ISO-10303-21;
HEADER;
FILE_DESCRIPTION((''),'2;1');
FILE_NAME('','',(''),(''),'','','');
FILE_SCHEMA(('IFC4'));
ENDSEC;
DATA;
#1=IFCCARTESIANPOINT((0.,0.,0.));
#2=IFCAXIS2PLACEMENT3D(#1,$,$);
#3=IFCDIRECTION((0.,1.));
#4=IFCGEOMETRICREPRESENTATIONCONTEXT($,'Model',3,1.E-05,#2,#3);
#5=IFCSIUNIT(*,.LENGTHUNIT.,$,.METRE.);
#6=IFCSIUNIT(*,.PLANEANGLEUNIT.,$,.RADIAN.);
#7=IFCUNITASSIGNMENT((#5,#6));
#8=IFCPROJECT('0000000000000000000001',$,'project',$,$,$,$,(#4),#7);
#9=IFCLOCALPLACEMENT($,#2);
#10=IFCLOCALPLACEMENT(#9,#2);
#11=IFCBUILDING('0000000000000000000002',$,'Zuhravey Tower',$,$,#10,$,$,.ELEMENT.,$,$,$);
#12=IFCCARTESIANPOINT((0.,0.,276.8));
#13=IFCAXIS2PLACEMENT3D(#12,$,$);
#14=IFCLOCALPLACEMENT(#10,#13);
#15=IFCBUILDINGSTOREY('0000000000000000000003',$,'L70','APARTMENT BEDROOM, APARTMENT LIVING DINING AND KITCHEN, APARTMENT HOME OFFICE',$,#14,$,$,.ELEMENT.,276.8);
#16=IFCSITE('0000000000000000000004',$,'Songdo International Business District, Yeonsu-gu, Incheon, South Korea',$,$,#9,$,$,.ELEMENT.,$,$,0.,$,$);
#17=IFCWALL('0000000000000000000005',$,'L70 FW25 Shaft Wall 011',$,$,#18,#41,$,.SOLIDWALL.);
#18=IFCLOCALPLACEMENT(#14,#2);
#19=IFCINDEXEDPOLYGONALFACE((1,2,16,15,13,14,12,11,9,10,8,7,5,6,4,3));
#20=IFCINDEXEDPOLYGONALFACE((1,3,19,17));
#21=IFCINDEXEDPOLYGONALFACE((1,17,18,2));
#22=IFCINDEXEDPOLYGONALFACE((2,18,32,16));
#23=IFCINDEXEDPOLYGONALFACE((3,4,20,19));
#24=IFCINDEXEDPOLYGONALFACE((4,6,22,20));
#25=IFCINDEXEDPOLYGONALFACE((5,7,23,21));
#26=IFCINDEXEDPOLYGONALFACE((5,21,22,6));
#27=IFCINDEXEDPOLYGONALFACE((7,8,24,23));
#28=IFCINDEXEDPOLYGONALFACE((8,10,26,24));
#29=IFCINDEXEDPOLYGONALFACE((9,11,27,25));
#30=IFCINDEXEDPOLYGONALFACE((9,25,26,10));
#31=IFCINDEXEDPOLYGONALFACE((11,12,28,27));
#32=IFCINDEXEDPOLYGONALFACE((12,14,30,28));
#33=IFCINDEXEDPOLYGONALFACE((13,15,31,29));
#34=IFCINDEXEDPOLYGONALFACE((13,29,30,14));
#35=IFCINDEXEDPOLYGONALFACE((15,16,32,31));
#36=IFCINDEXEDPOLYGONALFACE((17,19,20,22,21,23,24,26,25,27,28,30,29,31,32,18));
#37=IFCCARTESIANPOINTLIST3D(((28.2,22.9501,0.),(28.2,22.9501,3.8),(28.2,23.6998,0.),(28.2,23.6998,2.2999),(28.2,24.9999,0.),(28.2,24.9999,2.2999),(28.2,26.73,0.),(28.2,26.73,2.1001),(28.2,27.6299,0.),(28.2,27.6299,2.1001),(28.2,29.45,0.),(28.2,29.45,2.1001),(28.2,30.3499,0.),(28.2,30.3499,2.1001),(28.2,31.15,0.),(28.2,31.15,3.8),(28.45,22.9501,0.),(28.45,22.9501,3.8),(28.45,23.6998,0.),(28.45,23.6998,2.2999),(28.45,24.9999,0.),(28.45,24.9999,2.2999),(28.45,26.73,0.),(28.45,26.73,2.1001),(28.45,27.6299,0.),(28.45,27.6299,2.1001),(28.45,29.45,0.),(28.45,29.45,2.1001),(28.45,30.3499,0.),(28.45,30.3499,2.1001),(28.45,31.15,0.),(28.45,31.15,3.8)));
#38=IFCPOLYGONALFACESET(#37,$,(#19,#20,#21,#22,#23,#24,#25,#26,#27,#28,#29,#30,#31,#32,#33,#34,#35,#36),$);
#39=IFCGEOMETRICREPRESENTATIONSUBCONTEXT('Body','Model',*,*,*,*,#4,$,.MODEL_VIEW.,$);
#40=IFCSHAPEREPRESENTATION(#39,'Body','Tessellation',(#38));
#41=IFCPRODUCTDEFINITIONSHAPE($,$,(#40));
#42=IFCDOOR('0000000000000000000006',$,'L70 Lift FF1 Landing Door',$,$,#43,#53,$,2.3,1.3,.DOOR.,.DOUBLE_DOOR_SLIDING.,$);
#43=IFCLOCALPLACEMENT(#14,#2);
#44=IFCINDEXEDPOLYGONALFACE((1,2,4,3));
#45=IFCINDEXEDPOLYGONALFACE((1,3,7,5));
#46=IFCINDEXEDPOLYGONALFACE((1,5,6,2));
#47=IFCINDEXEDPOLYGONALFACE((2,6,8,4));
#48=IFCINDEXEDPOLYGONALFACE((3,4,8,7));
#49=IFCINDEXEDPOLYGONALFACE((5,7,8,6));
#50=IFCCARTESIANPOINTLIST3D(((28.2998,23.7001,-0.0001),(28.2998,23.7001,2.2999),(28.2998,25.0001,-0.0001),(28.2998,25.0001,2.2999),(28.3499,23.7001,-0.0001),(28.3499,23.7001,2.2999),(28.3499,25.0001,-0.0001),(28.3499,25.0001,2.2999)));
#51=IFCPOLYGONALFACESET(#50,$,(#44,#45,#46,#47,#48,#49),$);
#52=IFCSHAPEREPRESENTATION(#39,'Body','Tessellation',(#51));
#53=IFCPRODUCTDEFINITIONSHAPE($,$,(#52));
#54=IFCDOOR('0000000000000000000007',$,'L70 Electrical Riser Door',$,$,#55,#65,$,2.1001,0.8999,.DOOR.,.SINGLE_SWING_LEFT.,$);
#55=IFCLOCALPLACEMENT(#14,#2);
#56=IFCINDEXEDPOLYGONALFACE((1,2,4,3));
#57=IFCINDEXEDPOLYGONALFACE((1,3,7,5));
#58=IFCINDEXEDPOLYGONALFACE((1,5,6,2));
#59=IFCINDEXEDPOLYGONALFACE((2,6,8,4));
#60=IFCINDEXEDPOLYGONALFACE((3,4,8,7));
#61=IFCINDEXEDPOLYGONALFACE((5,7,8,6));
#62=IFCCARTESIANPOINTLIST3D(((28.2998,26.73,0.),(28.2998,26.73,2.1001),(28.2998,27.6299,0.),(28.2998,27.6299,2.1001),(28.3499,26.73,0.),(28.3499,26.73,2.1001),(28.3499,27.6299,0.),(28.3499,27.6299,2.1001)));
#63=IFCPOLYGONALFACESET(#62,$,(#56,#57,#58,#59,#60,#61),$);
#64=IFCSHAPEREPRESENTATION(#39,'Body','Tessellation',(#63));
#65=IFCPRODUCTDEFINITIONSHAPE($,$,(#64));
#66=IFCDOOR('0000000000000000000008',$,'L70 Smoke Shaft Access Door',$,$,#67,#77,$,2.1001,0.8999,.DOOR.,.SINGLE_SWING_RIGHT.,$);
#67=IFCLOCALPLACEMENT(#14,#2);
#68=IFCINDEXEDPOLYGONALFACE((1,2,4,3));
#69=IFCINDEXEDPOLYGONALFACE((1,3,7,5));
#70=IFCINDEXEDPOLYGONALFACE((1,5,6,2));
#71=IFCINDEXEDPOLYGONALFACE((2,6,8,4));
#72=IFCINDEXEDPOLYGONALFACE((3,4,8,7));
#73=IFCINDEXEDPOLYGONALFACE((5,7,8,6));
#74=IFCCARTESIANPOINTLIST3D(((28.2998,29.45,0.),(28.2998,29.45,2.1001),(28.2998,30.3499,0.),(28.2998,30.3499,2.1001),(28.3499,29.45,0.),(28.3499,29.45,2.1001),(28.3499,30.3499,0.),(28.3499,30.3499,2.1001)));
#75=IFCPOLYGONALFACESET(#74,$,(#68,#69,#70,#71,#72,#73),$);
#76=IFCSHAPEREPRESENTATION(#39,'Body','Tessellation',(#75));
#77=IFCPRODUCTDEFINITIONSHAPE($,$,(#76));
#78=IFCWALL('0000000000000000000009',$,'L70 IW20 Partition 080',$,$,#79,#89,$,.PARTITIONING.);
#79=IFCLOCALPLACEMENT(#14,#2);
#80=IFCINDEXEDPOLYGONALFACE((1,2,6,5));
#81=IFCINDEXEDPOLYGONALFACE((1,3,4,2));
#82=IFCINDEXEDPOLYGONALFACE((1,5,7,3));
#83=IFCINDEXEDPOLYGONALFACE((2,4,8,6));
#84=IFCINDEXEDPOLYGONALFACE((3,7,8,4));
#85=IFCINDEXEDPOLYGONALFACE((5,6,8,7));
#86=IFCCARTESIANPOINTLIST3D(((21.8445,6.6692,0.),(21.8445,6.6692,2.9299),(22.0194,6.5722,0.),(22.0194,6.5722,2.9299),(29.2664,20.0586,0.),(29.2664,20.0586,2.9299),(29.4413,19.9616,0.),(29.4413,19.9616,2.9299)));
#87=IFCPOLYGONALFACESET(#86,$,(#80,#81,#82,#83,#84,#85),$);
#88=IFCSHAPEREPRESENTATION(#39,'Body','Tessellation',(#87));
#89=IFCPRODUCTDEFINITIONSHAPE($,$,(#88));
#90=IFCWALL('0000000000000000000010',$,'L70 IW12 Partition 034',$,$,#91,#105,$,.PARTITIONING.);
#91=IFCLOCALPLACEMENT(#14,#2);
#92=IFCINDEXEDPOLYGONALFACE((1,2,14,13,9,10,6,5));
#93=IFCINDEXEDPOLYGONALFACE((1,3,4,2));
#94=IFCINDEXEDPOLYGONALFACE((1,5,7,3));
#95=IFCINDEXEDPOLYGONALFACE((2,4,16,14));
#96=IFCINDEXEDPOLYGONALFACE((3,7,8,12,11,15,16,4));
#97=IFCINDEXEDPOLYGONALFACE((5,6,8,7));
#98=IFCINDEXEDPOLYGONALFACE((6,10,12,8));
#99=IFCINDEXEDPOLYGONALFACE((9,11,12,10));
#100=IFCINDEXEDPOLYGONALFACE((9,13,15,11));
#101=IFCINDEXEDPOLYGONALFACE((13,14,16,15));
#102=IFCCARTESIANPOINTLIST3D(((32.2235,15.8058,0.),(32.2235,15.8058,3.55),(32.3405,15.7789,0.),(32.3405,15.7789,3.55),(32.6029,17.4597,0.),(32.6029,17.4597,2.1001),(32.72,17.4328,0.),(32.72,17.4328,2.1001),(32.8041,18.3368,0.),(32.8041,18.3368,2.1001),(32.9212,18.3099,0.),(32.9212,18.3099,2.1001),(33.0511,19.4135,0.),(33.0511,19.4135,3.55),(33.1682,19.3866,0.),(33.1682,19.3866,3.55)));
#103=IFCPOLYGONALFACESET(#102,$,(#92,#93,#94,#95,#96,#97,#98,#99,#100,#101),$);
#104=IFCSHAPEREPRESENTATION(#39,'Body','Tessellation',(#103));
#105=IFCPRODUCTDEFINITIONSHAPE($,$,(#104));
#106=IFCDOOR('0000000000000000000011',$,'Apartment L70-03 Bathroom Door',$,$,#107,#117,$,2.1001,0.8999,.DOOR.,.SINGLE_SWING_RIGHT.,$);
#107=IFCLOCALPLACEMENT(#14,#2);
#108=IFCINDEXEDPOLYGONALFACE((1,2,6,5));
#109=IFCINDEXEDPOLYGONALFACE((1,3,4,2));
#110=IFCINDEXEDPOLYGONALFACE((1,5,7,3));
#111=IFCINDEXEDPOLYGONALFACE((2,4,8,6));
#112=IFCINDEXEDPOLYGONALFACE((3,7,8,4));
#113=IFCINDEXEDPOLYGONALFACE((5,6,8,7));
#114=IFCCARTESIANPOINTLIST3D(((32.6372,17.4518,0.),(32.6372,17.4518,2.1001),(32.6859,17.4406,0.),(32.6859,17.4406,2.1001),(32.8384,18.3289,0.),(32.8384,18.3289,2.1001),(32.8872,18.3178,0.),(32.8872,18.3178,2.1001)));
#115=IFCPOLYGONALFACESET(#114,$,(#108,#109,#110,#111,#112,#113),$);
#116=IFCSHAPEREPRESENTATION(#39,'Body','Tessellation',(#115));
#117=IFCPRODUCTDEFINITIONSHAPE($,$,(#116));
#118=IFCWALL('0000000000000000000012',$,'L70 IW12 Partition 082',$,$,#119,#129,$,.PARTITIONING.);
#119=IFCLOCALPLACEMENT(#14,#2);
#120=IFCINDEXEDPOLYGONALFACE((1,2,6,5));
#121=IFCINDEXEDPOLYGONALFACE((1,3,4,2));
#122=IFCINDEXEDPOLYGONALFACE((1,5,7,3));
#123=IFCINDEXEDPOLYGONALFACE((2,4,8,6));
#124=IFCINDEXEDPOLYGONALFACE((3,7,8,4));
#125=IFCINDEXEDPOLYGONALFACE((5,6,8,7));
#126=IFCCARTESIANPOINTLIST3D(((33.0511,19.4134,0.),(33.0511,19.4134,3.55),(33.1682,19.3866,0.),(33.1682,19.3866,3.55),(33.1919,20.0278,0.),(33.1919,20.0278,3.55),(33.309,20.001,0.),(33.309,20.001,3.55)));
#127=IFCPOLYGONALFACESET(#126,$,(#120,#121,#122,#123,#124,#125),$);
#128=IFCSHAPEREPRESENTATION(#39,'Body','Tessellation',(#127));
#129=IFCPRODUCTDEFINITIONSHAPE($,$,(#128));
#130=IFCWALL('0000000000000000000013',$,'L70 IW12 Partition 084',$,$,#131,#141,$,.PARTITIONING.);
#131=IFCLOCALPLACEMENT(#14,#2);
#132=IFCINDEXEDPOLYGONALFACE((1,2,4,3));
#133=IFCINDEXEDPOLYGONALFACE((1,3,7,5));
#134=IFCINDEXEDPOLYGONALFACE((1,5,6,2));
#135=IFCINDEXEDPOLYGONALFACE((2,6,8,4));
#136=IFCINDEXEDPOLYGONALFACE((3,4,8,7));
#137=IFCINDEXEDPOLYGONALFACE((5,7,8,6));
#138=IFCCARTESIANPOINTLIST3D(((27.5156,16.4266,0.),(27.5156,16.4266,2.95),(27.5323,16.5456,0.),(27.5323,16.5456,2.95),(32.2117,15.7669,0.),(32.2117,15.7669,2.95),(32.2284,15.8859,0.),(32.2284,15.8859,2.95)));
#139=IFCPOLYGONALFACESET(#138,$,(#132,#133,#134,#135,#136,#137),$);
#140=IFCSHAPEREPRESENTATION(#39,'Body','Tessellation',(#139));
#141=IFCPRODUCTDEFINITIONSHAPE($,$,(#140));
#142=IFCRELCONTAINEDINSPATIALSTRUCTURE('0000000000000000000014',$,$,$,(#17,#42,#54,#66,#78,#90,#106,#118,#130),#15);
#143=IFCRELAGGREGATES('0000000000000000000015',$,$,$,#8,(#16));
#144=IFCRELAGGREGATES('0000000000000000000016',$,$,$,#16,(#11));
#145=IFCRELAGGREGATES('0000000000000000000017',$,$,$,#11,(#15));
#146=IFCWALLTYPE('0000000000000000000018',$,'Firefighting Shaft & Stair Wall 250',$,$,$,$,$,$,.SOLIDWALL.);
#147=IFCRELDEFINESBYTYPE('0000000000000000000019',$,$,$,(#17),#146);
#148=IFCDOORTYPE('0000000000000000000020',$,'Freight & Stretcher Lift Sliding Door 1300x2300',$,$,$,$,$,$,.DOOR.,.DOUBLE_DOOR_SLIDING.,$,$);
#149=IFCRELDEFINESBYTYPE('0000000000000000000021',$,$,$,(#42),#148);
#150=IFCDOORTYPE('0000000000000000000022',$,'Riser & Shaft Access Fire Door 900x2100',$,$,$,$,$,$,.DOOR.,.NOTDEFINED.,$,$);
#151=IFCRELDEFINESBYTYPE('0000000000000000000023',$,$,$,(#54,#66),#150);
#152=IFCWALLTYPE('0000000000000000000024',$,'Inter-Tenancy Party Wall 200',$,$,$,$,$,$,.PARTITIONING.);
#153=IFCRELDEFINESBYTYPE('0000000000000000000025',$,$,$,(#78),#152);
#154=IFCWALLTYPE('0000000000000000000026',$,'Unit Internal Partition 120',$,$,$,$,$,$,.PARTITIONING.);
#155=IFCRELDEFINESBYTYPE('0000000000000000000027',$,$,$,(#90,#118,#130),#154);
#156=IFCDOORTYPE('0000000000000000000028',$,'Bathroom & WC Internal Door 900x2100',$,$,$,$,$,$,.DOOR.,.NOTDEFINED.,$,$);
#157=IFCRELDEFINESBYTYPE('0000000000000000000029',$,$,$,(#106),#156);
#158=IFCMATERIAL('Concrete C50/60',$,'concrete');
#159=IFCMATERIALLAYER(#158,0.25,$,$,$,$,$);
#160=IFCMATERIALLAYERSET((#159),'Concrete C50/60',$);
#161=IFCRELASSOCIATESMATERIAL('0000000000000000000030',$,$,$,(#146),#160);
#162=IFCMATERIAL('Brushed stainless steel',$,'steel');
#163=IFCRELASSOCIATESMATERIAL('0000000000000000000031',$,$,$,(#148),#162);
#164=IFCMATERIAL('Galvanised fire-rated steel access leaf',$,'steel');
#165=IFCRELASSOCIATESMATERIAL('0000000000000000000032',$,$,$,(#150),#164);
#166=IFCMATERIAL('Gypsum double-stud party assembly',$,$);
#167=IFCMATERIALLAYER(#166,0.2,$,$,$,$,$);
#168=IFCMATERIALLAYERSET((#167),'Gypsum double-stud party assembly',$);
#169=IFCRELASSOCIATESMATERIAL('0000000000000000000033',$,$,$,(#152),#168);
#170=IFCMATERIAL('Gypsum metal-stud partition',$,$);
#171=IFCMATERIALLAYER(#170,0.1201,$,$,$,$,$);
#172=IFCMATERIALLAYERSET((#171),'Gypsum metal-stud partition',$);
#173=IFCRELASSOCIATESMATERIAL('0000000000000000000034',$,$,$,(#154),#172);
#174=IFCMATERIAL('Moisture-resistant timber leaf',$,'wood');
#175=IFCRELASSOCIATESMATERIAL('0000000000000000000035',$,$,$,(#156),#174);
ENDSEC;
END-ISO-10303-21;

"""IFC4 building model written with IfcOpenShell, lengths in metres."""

from ifc_helpers import new_model, si_unit, direction, frame, frame_2d, origin, place, context, subcontext, project, spatial, rectangle, extrude, material, layer, layer_set, type_object, element, fill, save


model = new_model("IFC4")

# Units and contexts
model_context = context("Model", 3, precision=1e-05, world=origin(), true_north=direction((0.0, 1.0)))
body_context = subcontext(model_context, "Body", "Model", "MODEL_VIEW")
ifc_project = project(units=[si_unit("LENGTHUNIT", "METRE"), si_unit("PLANEANGLEUNIT", "RADIAN")], contexts=[model_context])

# Site, building, storey
site_placement = place(None, origin())
site = spatial("IfcSite", under=ifc_project, at=site_placement, Name="Songdo International Business District, Yeonsu-gu, Incheon, South Korea", CompositionType="ELEMENT", RefElevation=0.0)
building_placement = place(site_placement, origin())
building = spatial("IfcBuilding", under=site, at=building_placement, Name="Zuhravey Tower", CompositionType="ELEMENT")
storey_placement = place(building_placement, frame((0.0, 0.0, 276.8)))
storey = spatial("IfcBuildingStorey", under=building, at=storey_placement, Name="L70", Description="APARTMENT BEDROOM, APARTMENT LIVING DINING AND KITCHEN, APARTMENT HOME OFFICE", CompositionType="ELEMENT", Elevation=276.8)

# Shared definitions
ifc_material_1 = material(Name="Concrete C50/60", Category="concrete")

# Wall, openings, doors
ifc_layer_1 = layer(ifc_material_1, 0.25)
ifc_layer_set_1 = layer_set([ifc_layer_1], Name="Concrete C50/60")
wall_type_1 = type_object("IfcWallType", Name="Firefighting Shaft & Stair Wall 250", PredefinedType="SOLIDWALL", material=ifc_layer_set_1)
wall_1_placement = place(storey_placement, frame((28.325, 22.95, 0.0), z_axis=(0.0, 0.0, 1.0), x_axis=(0.0, 1.0, 0.0)))
wall_1 = element("IfcWall", 1, at=wall_1_placement, inside=storey, type_object=wall_type_1, Name="L70 FW25 Shaft Wall 011", PredefinedType="SOLIDWALL", context=body_context, shape_type="SweptSolid", body=[
    extrude(rectangle(XDim=8.2, YDim=0.25, at=frame_2d((4.1001, 0.0))), origin(), (0.0, 0.0, 1.0), 3.8),
])
opening_1_placement = place(wall_1_placement, frame((0.75, 0.0, 0.0)))
opening_1 = element("IfcOpeningElement", 2, at=opening_1_placement, cuts=wall_1, PredefinedType="OPENING", context=body_context, shape_type="SweptSolid", body=[
    extrude(rectangle(XDim=1.3, YDim=2.3, at=frame_2d((0.6499, 1.1499))), frame((0.0, 0.137, 0.0), z_axis=(0.0, -1.0, 0.0), x_axis=(1.0, 0.0, 0.0)), (0.0, 0.0, 1.0), 0.2739),
])
opening_2_placement = place(wall_1_placement, frame((3.78, 0.0, 0.0)))
opening_2 = element("IfcOpeningElement", 3, at=opening_2_placement, cuts=wall_1, PredefinedType="OPENING", context=body_context, shape_type="SweptSolid", body=[
    extrude(rectangle(XDim=0.8999, YDim=2.1001, at=frame_2d((0.45, 1.05))), frame((0.0, 0.137, 0.0), z_axis=(0.0, -1.0, 0.0), x_axis=(1.0, 0.0, 0.0)), (0.0, 0.0, 1.0), 0.2739),
])
opening_3_placement = place(wall_1_placement, frame((6.5, 0.0, 0.0)))
opening_3 = element("IfcOpeningElement", 4, at=opening_3_placement, cuts=wall_1, PredefinedType="OPENING", context=body_context, shape_type="SweptSolid", body=[
    extrude(rectangle(XDim=0.8999, YDim=2.1001, at=frame_2d((0.45, 1.05))), frame((0.0, 0.137, 0.0), z_axis=(0.0, -1.0, 0.0), x_axis=(1.0, 0.0, 0.0)), (0.0, 0.0, 1.0), 0.2739),
])
ifc_material_2 = material(Name="Brushed stainless steel", Category="steel")
door_type_1 = type_object("IfcDoorType", Name="Freight & Stretcher Lift Sliding Door 1300x2300", OperationType="DOUBLE_DOOR_SLIDING", PredefinedType="DOOR", material=ifc_material_2)
door_1_placement = place(opening_1_placement, frame((1.3, 0.0, 0.0), z_axis=(0.0, 0.0, 1.0), x_axis=(-1.0, 0.0, 0.0)))
door_1 = element("IfcDoor", 5, at=door_1_placement, inside=storey, type_object=door_type_1, Name="L70 Lift FF1 Landing Door", OperationType="DOUBLE_DOOR_SLIDING", OverallHeight=2.3, OverallWidth=1.3, PredefinedType="DOOR", context=body_context, shape_type="SweptSolid", body=[
    extrude(rectangle(XDim=1.3, YDim=2.3, at=frame_2d((0.6499, 1.1499))), frame((0.0, 0.0249, 0.0), z_axis=(0.0, -1.0, 0.0), x_axis=(1.0, 0.0, 0.0)), (0.0, 0.0, 1.0), 0.05),
])
fill(opening_1, door_1)
ifc_material_3 = material(Name="Galvanised fire-rated steel access leaf", Category="steel")
door_type_2 = type_object("IfcDoorType", Name="Riser & Shaft Access Fire Door 900x2100", OperationType="NOTDEFINED", PredefinedType="DOOR", material=ifc_material_3)
door_2_placement = place(opening_2_placement, frame((0.8999, 0.0, 0.0), z_axis=(0.0, 0.0, 1.0), x_axis=(-1.0, 0.0, 0.0)))
door_2 = element("IfcDoor", 6, at=door_2_placement, inside=storey, type_object=door_type_2, Name="L70 Electrical Riser Door", OperationType="SINGLE_SWING_LEFT", OverallHeight=2.1001, OverallWidth=0.8999, PredefinedType="DOOR", context=body_context, shape_type="SweptSolid", body=[
    extrude(rectangle(XDim=0.8999, YDim=2.1001, at=frame_2d((0.45, 1.05))), frame((0.0, 0.0249, 0.0), z_axis=(0.0, -1.0, 0.0), x_axis=(1.0, 0.0, 0.0)), (0.0, 0.0, 1.0), 0.05),
])
fill(opening_2, door_2)
door_3_placement = place(opening_3_placement, frame((0.8999, 0.0, 0.0), z_axis=(0.0, 0.0, 1.0), x_axis=(-1.0, 0.0, 0.0)))
door_3 = element("IfcDoor", 7, at=door_3_placement, inside=storey, type_object=door_type_2, Name="L70 Smoke Shaft Access Door", OperationType="SINGLE_SWING_RIGHT", OverallHeight=2.1001, OverallWidth=0.8999, PredefinedType="DOOR", context=body_context, shape_type="SweptSolid", body=[
    extrude(rectangle(XDim=0.8999, YDim=2.1001, at=frame_2d((0.45, 1.05))), frame((0.0, 0.0249, 0.0), z_axis=(0.0, -1.0, 0.0), x_axis=(1.0, 0.0, 0.0)), (0.0, 0.0, 1.0), 0.05),
])
fill(opening_3, door_3)

# Wall
ifc_material_4 = material(Name="Gypsum double-stud party assembly")
ifc_layer_2 = layer(ifc_material_4, 0.2)
ifc_layer_set_2 = layer_set([ifc_layer_2], Name="Gypsum double-stud party assembly")
wall_type_2 = type_object("IfcWallType", Name="Inter-Tenancy Party Wall 200", PredefinedType="PARTITIONING", material=ifc_layer_set_2)
wall_2_placement = place(storey_placement, frame((29.3538, 20.01, 0.0), z_axis=(0.0, 0.0, 1.0), x_axis=(-0.48481, -0.87462, 0.0)))
element("IfcWall", 8, at=wall_2_placement, inside=storey, type_object=wall_type_2, Name="L70 IW20 Partition 080", PredefinedType="PARTITIONING", context=body_context, shape_type="SweptSolid", body=[
    extrude(rectangle(XDim=15.3088, YDim=0.2, at=frame_2d((7.6543, 0.0))), origin(), (0.0, 0.0, 1.0), 2.9299),
])

# Wall, opening, door
ifc_material_5 = material(Name="Gypsum metal-stud partition")
ifc_layer_3 = layer(ifc_material_5, 0.1201)
ifc_layer_set_3 = layer_set([ifc_layer_3], Name="Gypsum metal-stud partition")
wall_type_3 = type_object("IfcWallType", Name="Unit Internal Partition 120", PredefinedType="PARTITIONING", material=ifc_layer_set_3)
wall_3_placement = place(storey_placement, frame((33.1096, 19.3999, 0.0), z_axis=(0.0, 0.0, 1.0), x_axis=(-0.223602, -0.974681, 0.0)))
wall_3 = element("IfcWall", 9, at=wall_3_placement, inside=storey, type_object=wall_type_3, Name="L70 IW12 Partition 034", PredefinedType="PARTITIONING", context=body_context, shape_type="SweptSolid", body=[
    extrude(rectangle(XDim=3.7014, YDim=0.1201, at=frame_2d((1.8506, 0.0))), origin(), (0.0, 0.0, 1.0), 3.55),
])
opening_4_placement = place(wall_3_placement, frame((1.1045, 0.0, 0.0)))
opening_4 = element("IfcOpeningElement", 10, at=opening_4_placement, cuts=wall_3, PredefinedType="OPENING", context=body_context, shape_type="SweptSolid", body=[
    extrude(rectangle(XDim=0.8999, YDim=2.1001, at=frame_2d((0.45, 1.05))), frame((0.0, 0.072, 0.0), z_axis=(0.0, -1.0, 0.0), x_axis=(1.0, 0.0, 0.0)), (0.0, 0.0, 1.0), 0.144),
])
ifc_material_6 = material(Name="Moisture-resistant timber leaf", Category="wood")
door_type_3 = type_object("IfcDoorType", Name="Bathroom & WC Internal Door 900x2100", OperationType="NOTDEFINED", PredefinedType="DOOR", material=ifc_material_6)
door_4_placement = place(opening_4_placement, frame((0.8999, 0.0, 0.0), z_axis=(0.0, 0.0, 1.0), x_axis=(-1.0, 0.0, 0.0)))
door_4 = element("IfcDoor", 11, at=door_4_placement, inside=storey, type_object=door_type_3, Name="Apartment L70-03 Bathroom Door", OperationType="SINGLE_SWING_RIGHT", OverallHeight=2.1001, OverallWidth=0.8999, PredefinedType="DOOR", context=body_context, shape_type="SweptSolid", body=[
    extrude(rectangle(XDim=0.8999, YDim=2.1001, at=frame_2d((0.45, 1.05))), frame((0.0, 0.0249, 0.0), z_axis=(0.0, -1.0, 0.0), x_axis=(1.0, 0.0, 0.0)), (0.0, 0.0, 1.0), 0.05),
])
fill(opening_4, door_4)

# Walls
wall_4_placement = place(storey_placement, frame((33.2505, 20.0144, 0.0), z_axis=(0.0, 0.0, 1.0), x_axis=(-0.223445, -0.974717, 0.0)))
element("IfcWall", 12, at=wall_4_placement, inside=storey, type_object=wall_type_3, Name="L70 IW12 Partition 082", PredefinedType="PARTITIONING", context=body_context, shape_type="SweptSolid", body=[
    extrude(rectangle(XDim=0.6304, YDim=0.1201, at=frame_2d((0.3152, 0.0))), origin(), (0.0, 0.0, 1.0), 3.55),
])
wall_5_placement = place(storey_placement, frame((27.5239, 16.4861, 0.0), z_axis=(0.0, 0.0, 1.0), x_axis=(0.990277, -0.139107, 0.0)))
element("IfcWall", 13, at=wall_5_placement, inside=storey, type_object=wall_type_3, Name="L70 IW12 Partition 084", PredefinedType="PARTITIONING", context=body_context, shape_type="SweptSolid", body=[
    extrude(rectangle(XDim=4.7422, YDim=0.1201, at=frame_2d((2.3711, 0.0))), origin(), (0.0, 0.0, 1.0), 2.95),
])

save(model, "model.ifc")
